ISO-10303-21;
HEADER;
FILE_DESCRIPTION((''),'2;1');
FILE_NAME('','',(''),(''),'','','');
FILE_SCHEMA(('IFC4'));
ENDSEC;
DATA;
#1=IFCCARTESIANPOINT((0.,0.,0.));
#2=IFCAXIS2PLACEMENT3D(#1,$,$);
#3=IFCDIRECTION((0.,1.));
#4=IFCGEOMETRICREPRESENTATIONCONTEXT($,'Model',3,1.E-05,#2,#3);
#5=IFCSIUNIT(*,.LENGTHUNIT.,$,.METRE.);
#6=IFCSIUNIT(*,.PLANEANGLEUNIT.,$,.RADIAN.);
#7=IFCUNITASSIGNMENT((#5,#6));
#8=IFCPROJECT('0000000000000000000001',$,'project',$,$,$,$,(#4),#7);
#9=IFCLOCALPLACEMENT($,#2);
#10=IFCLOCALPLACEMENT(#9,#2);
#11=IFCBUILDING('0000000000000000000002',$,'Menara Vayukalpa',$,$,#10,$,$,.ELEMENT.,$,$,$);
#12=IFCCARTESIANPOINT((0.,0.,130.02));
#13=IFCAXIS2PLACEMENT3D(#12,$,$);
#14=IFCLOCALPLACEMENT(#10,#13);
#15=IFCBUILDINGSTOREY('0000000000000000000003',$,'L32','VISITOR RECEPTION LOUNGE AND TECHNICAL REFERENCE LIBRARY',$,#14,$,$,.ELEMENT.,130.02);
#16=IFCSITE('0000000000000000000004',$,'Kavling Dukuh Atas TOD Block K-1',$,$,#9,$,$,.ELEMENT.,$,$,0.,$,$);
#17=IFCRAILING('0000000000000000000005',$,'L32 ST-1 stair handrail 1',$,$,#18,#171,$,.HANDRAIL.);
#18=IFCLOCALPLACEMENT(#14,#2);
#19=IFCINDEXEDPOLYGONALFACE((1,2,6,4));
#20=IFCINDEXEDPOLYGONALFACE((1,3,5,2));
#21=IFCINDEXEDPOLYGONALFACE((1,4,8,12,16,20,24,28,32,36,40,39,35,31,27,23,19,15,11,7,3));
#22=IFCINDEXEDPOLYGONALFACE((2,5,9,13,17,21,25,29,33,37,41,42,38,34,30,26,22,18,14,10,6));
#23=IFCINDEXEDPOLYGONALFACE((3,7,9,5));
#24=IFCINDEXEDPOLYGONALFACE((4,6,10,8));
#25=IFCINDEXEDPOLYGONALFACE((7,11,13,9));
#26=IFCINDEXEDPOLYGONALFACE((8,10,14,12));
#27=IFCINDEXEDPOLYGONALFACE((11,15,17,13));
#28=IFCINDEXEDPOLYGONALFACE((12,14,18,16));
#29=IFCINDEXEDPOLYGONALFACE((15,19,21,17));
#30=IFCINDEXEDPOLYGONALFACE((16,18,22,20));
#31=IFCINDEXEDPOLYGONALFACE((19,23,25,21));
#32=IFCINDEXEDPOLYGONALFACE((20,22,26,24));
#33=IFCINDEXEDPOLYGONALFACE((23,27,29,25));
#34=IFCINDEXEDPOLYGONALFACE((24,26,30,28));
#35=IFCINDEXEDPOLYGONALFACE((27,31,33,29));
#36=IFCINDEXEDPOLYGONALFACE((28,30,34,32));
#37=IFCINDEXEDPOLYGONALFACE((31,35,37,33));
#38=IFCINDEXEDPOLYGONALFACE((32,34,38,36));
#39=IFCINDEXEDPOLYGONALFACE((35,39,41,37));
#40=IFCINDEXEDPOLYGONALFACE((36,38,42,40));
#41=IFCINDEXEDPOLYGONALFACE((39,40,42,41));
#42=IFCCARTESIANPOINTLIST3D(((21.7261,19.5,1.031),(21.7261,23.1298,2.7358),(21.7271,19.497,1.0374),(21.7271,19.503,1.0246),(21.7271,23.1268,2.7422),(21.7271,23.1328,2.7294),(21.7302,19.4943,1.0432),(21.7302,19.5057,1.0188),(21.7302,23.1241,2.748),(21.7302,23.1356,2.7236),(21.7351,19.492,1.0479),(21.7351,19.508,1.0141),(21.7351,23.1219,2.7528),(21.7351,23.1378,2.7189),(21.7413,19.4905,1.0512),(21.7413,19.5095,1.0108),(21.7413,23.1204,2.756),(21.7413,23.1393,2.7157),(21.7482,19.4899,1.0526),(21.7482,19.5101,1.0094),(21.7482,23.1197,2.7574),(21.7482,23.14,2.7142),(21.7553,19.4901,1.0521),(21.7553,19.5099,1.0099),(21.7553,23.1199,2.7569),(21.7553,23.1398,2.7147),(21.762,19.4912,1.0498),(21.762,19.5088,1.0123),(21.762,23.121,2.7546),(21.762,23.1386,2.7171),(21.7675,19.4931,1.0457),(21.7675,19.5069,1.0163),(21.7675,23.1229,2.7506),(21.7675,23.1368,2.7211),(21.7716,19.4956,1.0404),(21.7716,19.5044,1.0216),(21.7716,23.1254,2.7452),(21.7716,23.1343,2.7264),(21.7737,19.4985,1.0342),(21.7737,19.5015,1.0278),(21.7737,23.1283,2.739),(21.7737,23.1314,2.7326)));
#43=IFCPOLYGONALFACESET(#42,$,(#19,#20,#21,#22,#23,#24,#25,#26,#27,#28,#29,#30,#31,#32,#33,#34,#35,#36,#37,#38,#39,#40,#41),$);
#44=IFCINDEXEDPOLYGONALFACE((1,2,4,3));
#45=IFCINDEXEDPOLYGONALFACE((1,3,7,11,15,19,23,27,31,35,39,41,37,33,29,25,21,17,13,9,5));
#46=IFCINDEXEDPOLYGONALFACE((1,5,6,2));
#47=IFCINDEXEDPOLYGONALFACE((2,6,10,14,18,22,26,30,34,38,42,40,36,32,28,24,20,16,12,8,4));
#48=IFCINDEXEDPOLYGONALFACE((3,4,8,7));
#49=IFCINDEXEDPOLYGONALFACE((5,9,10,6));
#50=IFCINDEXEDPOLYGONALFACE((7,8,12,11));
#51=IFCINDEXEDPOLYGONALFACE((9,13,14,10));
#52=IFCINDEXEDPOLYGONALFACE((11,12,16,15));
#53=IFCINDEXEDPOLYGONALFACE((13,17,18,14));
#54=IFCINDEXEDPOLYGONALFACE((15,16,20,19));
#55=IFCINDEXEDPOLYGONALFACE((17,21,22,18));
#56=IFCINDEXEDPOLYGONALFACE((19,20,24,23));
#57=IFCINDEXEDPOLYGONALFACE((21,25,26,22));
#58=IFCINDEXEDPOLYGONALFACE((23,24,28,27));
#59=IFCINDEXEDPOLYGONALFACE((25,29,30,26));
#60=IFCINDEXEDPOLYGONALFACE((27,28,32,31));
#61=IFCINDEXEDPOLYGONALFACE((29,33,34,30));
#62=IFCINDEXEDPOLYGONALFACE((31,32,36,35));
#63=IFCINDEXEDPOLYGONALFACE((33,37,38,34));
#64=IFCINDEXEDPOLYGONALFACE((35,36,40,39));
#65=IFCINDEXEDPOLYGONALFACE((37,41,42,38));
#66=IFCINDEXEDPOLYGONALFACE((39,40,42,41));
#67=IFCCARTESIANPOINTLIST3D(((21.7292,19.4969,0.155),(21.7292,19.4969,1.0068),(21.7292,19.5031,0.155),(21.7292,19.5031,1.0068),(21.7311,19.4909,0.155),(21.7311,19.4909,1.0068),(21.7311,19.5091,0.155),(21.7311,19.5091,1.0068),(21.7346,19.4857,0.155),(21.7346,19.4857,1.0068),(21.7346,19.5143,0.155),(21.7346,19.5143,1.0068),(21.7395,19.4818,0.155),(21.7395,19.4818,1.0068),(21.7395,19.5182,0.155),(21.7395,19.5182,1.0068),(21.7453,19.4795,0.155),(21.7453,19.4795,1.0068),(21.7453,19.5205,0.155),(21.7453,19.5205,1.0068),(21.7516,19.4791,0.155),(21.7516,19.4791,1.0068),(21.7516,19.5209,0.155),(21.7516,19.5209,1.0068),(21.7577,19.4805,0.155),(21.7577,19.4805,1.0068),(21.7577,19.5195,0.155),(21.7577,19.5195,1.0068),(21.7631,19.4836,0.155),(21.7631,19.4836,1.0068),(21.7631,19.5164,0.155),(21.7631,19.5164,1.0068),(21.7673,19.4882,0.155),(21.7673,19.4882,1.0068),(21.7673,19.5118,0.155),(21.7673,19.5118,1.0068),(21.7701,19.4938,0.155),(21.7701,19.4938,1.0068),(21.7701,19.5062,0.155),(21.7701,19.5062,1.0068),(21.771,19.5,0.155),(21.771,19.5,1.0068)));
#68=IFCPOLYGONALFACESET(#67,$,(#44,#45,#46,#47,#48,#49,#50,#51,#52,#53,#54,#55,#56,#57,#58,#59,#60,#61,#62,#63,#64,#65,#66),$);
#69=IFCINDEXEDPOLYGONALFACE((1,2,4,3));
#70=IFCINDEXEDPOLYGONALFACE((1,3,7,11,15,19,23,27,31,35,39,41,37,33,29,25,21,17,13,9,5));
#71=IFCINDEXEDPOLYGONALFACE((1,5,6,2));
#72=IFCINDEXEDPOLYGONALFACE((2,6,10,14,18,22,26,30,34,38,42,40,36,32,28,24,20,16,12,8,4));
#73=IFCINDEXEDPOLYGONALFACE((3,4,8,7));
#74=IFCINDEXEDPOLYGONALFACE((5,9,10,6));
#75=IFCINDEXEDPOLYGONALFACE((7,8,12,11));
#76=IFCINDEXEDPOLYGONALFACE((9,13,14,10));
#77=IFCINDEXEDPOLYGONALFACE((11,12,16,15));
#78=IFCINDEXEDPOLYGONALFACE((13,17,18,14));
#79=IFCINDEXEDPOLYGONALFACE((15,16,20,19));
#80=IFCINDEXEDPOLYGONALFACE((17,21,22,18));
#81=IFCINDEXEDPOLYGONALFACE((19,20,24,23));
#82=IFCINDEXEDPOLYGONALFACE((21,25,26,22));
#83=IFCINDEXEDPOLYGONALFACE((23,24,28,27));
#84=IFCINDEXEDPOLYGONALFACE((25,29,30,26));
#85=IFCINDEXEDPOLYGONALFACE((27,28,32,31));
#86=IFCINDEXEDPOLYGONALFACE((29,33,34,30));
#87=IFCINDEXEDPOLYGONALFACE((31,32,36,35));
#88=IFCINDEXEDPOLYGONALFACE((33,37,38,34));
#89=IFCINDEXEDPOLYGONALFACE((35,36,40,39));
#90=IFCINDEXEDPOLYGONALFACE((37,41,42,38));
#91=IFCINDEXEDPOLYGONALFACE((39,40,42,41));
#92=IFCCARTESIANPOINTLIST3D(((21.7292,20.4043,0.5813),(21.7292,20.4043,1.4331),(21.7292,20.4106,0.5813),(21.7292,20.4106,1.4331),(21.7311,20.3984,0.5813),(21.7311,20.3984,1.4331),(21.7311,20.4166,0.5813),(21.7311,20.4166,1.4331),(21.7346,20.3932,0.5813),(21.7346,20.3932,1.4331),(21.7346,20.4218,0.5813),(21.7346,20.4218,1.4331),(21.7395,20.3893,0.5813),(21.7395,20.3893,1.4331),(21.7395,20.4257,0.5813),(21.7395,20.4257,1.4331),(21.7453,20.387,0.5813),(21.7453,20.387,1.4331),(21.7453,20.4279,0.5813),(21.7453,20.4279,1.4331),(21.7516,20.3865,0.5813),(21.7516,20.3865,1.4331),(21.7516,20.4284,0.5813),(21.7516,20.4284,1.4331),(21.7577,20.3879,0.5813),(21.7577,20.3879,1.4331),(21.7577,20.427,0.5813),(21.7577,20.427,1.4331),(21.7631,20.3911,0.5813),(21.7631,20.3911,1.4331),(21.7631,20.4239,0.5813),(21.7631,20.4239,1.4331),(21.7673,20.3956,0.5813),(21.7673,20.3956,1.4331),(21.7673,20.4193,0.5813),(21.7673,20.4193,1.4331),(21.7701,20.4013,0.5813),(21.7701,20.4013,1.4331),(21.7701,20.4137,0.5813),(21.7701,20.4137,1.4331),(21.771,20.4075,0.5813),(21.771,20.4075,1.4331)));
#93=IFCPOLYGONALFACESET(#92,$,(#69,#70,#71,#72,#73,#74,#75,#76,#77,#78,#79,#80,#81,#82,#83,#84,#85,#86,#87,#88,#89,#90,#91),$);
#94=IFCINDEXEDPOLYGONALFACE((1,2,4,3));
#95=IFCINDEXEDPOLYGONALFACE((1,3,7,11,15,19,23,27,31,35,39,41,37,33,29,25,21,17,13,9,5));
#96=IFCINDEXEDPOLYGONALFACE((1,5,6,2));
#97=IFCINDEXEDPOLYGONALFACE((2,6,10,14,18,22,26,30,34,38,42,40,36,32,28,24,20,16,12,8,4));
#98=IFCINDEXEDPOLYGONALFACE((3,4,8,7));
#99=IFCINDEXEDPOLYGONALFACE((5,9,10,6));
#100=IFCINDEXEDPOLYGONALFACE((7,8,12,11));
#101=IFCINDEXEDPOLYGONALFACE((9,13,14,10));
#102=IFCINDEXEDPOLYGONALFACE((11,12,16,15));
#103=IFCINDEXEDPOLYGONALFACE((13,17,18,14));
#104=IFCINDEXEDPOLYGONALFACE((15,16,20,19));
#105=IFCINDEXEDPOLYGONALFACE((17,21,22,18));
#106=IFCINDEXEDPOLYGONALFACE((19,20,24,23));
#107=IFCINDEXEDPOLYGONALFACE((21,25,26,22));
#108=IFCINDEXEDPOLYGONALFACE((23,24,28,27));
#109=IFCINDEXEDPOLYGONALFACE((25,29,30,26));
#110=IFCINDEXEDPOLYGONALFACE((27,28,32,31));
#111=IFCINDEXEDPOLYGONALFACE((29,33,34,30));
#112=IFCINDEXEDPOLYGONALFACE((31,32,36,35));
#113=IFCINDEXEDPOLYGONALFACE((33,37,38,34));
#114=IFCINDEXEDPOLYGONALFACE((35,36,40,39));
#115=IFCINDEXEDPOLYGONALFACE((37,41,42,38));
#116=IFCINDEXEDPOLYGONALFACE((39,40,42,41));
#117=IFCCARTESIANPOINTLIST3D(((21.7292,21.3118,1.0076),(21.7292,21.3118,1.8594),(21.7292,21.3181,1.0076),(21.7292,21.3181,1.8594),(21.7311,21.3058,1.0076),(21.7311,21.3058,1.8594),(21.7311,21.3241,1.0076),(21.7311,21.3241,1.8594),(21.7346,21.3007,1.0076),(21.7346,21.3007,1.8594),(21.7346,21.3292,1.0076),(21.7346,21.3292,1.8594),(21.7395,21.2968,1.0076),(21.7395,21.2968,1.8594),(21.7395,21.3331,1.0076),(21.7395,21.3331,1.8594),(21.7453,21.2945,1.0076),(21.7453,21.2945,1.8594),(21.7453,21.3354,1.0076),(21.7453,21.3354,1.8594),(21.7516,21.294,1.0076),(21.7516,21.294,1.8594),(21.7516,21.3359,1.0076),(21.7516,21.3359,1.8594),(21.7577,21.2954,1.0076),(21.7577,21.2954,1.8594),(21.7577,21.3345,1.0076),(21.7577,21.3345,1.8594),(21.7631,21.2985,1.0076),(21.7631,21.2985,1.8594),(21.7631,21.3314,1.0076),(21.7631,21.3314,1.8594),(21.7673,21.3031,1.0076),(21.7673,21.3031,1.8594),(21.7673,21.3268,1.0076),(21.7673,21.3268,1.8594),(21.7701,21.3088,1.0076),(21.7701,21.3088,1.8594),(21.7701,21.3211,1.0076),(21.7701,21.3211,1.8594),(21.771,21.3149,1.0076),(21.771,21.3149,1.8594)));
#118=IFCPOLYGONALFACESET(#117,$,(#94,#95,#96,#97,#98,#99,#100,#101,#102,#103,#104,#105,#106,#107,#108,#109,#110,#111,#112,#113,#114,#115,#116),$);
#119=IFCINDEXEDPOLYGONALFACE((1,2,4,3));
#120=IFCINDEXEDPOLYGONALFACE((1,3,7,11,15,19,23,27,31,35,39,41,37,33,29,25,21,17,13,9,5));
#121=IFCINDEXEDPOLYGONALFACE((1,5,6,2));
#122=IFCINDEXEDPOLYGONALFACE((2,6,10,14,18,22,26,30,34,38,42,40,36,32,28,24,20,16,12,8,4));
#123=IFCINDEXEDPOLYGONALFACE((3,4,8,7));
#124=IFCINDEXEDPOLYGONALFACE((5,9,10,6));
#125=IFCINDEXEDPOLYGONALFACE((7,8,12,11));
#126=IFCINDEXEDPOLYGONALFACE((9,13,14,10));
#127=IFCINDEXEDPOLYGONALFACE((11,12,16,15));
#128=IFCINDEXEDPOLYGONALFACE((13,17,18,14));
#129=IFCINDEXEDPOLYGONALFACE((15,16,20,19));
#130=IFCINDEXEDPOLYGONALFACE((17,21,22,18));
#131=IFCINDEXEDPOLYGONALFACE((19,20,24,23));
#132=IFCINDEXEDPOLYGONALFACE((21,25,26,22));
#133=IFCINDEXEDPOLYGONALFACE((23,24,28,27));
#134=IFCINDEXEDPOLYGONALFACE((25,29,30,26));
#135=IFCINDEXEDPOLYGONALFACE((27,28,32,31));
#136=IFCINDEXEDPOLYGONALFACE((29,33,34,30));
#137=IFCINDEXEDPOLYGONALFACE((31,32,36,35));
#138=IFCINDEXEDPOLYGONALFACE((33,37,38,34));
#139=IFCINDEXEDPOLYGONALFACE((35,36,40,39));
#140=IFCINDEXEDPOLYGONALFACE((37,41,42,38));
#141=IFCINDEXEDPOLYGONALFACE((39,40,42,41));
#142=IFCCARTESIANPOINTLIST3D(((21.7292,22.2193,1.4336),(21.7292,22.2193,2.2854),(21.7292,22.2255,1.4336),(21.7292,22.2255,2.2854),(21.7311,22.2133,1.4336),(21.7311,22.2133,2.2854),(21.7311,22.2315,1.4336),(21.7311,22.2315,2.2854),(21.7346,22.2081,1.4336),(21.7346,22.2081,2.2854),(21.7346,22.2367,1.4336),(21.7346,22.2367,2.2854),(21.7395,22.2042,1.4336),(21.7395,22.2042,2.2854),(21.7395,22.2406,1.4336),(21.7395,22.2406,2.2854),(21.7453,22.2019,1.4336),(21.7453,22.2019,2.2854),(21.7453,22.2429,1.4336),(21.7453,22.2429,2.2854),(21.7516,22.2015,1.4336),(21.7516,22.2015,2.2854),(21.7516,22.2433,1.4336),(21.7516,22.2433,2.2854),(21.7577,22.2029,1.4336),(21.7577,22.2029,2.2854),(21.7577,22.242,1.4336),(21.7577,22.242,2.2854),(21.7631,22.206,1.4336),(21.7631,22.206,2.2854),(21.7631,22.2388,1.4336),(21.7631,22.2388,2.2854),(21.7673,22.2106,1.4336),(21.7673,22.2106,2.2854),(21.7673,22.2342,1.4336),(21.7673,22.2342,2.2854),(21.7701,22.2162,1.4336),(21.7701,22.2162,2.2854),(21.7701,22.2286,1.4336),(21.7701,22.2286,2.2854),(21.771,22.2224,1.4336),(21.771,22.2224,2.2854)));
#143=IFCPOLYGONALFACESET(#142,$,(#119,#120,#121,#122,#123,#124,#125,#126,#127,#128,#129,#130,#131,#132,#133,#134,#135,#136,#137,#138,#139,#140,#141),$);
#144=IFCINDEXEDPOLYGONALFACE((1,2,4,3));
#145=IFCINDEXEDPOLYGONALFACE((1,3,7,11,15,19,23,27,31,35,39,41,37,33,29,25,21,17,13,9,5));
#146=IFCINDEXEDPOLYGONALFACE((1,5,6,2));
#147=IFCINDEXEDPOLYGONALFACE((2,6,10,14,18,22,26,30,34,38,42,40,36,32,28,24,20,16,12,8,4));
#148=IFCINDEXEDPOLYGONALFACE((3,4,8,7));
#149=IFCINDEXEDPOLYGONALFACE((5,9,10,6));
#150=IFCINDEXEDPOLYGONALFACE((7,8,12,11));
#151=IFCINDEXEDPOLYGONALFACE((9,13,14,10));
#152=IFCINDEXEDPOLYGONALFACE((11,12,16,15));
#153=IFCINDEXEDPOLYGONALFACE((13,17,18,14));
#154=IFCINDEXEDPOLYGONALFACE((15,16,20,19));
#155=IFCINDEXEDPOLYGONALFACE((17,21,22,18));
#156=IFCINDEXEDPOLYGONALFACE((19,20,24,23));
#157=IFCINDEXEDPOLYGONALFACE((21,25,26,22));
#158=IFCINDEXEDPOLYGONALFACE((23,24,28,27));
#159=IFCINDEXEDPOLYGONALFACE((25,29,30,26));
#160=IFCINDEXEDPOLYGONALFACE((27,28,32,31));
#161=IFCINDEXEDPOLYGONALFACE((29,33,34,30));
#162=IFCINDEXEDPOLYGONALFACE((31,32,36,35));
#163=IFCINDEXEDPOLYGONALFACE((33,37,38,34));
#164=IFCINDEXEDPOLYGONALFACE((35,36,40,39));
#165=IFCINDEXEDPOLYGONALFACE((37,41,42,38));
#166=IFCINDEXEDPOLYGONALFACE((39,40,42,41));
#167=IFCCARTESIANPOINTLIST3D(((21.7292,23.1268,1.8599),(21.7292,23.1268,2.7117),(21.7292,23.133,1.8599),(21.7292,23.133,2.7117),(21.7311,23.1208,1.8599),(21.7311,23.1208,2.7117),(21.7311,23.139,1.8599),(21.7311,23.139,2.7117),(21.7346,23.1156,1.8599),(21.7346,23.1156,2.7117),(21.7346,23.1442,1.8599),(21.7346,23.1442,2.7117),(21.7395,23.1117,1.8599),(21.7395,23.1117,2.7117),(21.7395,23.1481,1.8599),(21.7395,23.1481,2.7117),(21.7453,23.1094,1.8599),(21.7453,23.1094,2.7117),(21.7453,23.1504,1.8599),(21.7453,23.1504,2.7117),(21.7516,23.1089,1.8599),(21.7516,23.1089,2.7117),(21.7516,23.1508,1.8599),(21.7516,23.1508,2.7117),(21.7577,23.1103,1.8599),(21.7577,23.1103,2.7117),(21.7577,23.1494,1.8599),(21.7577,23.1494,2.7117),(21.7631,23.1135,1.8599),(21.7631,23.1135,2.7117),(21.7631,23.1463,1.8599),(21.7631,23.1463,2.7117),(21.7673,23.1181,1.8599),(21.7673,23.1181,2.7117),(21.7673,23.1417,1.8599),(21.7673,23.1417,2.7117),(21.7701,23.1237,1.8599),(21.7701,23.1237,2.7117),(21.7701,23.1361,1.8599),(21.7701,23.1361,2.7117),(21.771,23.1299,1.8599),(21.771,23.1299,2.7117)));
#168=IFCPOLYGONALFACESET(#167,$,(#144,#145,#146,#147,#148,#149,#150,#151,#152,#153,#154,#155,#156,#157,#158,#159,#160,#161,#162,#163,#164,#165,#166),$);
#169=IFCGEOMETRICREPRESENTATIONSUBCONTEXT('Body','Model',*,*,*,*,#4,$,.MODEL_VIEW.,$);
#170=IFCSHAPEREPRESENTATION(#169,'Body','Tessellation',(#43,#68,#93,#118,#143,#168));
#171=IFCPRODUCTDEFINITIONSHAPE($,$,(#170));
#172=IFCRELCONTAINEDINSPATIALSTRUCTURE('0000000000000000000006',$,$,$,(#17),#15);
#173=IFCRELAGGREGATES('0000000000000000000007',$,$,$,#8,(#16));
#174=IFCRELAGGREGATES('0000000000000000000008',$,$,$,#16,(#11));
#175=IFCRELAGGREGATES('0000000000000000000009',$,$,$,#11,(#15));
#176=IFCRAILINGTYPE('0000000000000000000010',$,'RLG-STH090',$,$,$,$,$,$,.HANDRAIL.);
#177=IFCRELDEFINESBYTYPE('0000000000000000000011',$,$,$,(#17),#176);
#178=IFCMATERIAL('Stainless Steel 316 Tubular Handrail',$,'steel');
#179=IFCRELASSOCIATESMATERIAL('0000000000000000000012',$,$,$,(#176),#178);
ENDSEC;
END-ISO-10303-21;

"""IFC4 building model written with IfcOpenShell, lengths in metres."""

from ifc_helpers import new_model, si_unit, direction, frame, origin, origin_2d, place, context, subcontext, project, spatial, circle, extrude, material, type_object, element, save


model = new_model("IFC4")

# Units and contexts
model_context = context("Model", 3, precision=1e-05, world=origin(), true_north=direction((0.0, 1.0)))
body_context = subcontext(model_context, "Body", "Model", "MODEL_VIEW")
ifc_project = project(units=[si_unit("LENGTHUNIT", "METRE"), si_unit("PLANEANGLEUNIT", "RADIAN")], contexts=[model_context])

# Site, building, storey
site_placement = place(None, origin())
site = spatial("IfcSite", under=ifc_project, at=site_placement, Name="Kavling Dukuh Atas TOD Block K-1", CompositionType="ELEMENT", RefElevation=0.0)
building_placement = place(site_placement, origin())
building = spatial("IfcBuilding", under=site, at=building_placement, Name="Menara Vayukalpa", CompositionType="ELEMENT")
storey_placement = place(building_placement, frame((0.0, 0.0, 130.02)))
storey = spatial("IfcBuildingStorey", under=building, at=storey_placement, Name="L32", Description="VISITOR RECEPTION LOUNGE AND TECHNICAL REFERENCE LIBRARY", CompositionType="ELEMENT", Elevation=130.02)

# Railing
ifc_material_1 = material(Name="Stainless Steel 316 Tubular Handrail", Category="steel")
railing_type_1 = type_object("IfcRailingType", Name="RLG-STH090", PredefinedType="HANDRAIL", material=ifc_material_1)
railing_1_placement = place(storey_placement, frame((21.75, 19.5, 0.155)))
element("IfcRailing", 1, at=railing_1_placement, inside=storey, type_object=railing_type_1, Name="L32 ST-1 stair handrail 1", PredefinedType="HANDRAIL", context=body_context, shape_type="SweptSolid", body=[
    extrude(circle(Radius=0.0239, at=origin_2d()), frame((0.0, 0.0, 0.876), z_axis=(0.0, 0.90514, 0.425114), x_axis=(-1.0, 0.0, 0.0)), (0.0, 0.0, 1.0), 4.0103),
    extrude(circle(Radius=0.021, at=origin_2d()), origin(), (0.0, 0.0, 1.0), 0.8518),
    extrude(circle(Radius=0.021, at=origin_2d()), frame((0.0, 0.9075, 0.4263)), (0.0, 0.0, 1.0), 0.8518),
    extrude(circle(Radius=0.021, at=origin_2d()), frame((0.0, 1.8149, 0.8525)), (0.0, 0.0, 1.0), 0.8518),
    extrude(circle(Radius=0.021, at=origin_2d()), frame((0.0, 2.7224, 1.2786)), (0.0, 0.0, 1.0), 0.8518),
    extrude(circle(Radius=0.021, at=origin_2d()), frame((0.0, 3.6299, 1.7048)), (0.0, 0.0, 1.0), 0.8518),
])

save(model, "model.ifc")
